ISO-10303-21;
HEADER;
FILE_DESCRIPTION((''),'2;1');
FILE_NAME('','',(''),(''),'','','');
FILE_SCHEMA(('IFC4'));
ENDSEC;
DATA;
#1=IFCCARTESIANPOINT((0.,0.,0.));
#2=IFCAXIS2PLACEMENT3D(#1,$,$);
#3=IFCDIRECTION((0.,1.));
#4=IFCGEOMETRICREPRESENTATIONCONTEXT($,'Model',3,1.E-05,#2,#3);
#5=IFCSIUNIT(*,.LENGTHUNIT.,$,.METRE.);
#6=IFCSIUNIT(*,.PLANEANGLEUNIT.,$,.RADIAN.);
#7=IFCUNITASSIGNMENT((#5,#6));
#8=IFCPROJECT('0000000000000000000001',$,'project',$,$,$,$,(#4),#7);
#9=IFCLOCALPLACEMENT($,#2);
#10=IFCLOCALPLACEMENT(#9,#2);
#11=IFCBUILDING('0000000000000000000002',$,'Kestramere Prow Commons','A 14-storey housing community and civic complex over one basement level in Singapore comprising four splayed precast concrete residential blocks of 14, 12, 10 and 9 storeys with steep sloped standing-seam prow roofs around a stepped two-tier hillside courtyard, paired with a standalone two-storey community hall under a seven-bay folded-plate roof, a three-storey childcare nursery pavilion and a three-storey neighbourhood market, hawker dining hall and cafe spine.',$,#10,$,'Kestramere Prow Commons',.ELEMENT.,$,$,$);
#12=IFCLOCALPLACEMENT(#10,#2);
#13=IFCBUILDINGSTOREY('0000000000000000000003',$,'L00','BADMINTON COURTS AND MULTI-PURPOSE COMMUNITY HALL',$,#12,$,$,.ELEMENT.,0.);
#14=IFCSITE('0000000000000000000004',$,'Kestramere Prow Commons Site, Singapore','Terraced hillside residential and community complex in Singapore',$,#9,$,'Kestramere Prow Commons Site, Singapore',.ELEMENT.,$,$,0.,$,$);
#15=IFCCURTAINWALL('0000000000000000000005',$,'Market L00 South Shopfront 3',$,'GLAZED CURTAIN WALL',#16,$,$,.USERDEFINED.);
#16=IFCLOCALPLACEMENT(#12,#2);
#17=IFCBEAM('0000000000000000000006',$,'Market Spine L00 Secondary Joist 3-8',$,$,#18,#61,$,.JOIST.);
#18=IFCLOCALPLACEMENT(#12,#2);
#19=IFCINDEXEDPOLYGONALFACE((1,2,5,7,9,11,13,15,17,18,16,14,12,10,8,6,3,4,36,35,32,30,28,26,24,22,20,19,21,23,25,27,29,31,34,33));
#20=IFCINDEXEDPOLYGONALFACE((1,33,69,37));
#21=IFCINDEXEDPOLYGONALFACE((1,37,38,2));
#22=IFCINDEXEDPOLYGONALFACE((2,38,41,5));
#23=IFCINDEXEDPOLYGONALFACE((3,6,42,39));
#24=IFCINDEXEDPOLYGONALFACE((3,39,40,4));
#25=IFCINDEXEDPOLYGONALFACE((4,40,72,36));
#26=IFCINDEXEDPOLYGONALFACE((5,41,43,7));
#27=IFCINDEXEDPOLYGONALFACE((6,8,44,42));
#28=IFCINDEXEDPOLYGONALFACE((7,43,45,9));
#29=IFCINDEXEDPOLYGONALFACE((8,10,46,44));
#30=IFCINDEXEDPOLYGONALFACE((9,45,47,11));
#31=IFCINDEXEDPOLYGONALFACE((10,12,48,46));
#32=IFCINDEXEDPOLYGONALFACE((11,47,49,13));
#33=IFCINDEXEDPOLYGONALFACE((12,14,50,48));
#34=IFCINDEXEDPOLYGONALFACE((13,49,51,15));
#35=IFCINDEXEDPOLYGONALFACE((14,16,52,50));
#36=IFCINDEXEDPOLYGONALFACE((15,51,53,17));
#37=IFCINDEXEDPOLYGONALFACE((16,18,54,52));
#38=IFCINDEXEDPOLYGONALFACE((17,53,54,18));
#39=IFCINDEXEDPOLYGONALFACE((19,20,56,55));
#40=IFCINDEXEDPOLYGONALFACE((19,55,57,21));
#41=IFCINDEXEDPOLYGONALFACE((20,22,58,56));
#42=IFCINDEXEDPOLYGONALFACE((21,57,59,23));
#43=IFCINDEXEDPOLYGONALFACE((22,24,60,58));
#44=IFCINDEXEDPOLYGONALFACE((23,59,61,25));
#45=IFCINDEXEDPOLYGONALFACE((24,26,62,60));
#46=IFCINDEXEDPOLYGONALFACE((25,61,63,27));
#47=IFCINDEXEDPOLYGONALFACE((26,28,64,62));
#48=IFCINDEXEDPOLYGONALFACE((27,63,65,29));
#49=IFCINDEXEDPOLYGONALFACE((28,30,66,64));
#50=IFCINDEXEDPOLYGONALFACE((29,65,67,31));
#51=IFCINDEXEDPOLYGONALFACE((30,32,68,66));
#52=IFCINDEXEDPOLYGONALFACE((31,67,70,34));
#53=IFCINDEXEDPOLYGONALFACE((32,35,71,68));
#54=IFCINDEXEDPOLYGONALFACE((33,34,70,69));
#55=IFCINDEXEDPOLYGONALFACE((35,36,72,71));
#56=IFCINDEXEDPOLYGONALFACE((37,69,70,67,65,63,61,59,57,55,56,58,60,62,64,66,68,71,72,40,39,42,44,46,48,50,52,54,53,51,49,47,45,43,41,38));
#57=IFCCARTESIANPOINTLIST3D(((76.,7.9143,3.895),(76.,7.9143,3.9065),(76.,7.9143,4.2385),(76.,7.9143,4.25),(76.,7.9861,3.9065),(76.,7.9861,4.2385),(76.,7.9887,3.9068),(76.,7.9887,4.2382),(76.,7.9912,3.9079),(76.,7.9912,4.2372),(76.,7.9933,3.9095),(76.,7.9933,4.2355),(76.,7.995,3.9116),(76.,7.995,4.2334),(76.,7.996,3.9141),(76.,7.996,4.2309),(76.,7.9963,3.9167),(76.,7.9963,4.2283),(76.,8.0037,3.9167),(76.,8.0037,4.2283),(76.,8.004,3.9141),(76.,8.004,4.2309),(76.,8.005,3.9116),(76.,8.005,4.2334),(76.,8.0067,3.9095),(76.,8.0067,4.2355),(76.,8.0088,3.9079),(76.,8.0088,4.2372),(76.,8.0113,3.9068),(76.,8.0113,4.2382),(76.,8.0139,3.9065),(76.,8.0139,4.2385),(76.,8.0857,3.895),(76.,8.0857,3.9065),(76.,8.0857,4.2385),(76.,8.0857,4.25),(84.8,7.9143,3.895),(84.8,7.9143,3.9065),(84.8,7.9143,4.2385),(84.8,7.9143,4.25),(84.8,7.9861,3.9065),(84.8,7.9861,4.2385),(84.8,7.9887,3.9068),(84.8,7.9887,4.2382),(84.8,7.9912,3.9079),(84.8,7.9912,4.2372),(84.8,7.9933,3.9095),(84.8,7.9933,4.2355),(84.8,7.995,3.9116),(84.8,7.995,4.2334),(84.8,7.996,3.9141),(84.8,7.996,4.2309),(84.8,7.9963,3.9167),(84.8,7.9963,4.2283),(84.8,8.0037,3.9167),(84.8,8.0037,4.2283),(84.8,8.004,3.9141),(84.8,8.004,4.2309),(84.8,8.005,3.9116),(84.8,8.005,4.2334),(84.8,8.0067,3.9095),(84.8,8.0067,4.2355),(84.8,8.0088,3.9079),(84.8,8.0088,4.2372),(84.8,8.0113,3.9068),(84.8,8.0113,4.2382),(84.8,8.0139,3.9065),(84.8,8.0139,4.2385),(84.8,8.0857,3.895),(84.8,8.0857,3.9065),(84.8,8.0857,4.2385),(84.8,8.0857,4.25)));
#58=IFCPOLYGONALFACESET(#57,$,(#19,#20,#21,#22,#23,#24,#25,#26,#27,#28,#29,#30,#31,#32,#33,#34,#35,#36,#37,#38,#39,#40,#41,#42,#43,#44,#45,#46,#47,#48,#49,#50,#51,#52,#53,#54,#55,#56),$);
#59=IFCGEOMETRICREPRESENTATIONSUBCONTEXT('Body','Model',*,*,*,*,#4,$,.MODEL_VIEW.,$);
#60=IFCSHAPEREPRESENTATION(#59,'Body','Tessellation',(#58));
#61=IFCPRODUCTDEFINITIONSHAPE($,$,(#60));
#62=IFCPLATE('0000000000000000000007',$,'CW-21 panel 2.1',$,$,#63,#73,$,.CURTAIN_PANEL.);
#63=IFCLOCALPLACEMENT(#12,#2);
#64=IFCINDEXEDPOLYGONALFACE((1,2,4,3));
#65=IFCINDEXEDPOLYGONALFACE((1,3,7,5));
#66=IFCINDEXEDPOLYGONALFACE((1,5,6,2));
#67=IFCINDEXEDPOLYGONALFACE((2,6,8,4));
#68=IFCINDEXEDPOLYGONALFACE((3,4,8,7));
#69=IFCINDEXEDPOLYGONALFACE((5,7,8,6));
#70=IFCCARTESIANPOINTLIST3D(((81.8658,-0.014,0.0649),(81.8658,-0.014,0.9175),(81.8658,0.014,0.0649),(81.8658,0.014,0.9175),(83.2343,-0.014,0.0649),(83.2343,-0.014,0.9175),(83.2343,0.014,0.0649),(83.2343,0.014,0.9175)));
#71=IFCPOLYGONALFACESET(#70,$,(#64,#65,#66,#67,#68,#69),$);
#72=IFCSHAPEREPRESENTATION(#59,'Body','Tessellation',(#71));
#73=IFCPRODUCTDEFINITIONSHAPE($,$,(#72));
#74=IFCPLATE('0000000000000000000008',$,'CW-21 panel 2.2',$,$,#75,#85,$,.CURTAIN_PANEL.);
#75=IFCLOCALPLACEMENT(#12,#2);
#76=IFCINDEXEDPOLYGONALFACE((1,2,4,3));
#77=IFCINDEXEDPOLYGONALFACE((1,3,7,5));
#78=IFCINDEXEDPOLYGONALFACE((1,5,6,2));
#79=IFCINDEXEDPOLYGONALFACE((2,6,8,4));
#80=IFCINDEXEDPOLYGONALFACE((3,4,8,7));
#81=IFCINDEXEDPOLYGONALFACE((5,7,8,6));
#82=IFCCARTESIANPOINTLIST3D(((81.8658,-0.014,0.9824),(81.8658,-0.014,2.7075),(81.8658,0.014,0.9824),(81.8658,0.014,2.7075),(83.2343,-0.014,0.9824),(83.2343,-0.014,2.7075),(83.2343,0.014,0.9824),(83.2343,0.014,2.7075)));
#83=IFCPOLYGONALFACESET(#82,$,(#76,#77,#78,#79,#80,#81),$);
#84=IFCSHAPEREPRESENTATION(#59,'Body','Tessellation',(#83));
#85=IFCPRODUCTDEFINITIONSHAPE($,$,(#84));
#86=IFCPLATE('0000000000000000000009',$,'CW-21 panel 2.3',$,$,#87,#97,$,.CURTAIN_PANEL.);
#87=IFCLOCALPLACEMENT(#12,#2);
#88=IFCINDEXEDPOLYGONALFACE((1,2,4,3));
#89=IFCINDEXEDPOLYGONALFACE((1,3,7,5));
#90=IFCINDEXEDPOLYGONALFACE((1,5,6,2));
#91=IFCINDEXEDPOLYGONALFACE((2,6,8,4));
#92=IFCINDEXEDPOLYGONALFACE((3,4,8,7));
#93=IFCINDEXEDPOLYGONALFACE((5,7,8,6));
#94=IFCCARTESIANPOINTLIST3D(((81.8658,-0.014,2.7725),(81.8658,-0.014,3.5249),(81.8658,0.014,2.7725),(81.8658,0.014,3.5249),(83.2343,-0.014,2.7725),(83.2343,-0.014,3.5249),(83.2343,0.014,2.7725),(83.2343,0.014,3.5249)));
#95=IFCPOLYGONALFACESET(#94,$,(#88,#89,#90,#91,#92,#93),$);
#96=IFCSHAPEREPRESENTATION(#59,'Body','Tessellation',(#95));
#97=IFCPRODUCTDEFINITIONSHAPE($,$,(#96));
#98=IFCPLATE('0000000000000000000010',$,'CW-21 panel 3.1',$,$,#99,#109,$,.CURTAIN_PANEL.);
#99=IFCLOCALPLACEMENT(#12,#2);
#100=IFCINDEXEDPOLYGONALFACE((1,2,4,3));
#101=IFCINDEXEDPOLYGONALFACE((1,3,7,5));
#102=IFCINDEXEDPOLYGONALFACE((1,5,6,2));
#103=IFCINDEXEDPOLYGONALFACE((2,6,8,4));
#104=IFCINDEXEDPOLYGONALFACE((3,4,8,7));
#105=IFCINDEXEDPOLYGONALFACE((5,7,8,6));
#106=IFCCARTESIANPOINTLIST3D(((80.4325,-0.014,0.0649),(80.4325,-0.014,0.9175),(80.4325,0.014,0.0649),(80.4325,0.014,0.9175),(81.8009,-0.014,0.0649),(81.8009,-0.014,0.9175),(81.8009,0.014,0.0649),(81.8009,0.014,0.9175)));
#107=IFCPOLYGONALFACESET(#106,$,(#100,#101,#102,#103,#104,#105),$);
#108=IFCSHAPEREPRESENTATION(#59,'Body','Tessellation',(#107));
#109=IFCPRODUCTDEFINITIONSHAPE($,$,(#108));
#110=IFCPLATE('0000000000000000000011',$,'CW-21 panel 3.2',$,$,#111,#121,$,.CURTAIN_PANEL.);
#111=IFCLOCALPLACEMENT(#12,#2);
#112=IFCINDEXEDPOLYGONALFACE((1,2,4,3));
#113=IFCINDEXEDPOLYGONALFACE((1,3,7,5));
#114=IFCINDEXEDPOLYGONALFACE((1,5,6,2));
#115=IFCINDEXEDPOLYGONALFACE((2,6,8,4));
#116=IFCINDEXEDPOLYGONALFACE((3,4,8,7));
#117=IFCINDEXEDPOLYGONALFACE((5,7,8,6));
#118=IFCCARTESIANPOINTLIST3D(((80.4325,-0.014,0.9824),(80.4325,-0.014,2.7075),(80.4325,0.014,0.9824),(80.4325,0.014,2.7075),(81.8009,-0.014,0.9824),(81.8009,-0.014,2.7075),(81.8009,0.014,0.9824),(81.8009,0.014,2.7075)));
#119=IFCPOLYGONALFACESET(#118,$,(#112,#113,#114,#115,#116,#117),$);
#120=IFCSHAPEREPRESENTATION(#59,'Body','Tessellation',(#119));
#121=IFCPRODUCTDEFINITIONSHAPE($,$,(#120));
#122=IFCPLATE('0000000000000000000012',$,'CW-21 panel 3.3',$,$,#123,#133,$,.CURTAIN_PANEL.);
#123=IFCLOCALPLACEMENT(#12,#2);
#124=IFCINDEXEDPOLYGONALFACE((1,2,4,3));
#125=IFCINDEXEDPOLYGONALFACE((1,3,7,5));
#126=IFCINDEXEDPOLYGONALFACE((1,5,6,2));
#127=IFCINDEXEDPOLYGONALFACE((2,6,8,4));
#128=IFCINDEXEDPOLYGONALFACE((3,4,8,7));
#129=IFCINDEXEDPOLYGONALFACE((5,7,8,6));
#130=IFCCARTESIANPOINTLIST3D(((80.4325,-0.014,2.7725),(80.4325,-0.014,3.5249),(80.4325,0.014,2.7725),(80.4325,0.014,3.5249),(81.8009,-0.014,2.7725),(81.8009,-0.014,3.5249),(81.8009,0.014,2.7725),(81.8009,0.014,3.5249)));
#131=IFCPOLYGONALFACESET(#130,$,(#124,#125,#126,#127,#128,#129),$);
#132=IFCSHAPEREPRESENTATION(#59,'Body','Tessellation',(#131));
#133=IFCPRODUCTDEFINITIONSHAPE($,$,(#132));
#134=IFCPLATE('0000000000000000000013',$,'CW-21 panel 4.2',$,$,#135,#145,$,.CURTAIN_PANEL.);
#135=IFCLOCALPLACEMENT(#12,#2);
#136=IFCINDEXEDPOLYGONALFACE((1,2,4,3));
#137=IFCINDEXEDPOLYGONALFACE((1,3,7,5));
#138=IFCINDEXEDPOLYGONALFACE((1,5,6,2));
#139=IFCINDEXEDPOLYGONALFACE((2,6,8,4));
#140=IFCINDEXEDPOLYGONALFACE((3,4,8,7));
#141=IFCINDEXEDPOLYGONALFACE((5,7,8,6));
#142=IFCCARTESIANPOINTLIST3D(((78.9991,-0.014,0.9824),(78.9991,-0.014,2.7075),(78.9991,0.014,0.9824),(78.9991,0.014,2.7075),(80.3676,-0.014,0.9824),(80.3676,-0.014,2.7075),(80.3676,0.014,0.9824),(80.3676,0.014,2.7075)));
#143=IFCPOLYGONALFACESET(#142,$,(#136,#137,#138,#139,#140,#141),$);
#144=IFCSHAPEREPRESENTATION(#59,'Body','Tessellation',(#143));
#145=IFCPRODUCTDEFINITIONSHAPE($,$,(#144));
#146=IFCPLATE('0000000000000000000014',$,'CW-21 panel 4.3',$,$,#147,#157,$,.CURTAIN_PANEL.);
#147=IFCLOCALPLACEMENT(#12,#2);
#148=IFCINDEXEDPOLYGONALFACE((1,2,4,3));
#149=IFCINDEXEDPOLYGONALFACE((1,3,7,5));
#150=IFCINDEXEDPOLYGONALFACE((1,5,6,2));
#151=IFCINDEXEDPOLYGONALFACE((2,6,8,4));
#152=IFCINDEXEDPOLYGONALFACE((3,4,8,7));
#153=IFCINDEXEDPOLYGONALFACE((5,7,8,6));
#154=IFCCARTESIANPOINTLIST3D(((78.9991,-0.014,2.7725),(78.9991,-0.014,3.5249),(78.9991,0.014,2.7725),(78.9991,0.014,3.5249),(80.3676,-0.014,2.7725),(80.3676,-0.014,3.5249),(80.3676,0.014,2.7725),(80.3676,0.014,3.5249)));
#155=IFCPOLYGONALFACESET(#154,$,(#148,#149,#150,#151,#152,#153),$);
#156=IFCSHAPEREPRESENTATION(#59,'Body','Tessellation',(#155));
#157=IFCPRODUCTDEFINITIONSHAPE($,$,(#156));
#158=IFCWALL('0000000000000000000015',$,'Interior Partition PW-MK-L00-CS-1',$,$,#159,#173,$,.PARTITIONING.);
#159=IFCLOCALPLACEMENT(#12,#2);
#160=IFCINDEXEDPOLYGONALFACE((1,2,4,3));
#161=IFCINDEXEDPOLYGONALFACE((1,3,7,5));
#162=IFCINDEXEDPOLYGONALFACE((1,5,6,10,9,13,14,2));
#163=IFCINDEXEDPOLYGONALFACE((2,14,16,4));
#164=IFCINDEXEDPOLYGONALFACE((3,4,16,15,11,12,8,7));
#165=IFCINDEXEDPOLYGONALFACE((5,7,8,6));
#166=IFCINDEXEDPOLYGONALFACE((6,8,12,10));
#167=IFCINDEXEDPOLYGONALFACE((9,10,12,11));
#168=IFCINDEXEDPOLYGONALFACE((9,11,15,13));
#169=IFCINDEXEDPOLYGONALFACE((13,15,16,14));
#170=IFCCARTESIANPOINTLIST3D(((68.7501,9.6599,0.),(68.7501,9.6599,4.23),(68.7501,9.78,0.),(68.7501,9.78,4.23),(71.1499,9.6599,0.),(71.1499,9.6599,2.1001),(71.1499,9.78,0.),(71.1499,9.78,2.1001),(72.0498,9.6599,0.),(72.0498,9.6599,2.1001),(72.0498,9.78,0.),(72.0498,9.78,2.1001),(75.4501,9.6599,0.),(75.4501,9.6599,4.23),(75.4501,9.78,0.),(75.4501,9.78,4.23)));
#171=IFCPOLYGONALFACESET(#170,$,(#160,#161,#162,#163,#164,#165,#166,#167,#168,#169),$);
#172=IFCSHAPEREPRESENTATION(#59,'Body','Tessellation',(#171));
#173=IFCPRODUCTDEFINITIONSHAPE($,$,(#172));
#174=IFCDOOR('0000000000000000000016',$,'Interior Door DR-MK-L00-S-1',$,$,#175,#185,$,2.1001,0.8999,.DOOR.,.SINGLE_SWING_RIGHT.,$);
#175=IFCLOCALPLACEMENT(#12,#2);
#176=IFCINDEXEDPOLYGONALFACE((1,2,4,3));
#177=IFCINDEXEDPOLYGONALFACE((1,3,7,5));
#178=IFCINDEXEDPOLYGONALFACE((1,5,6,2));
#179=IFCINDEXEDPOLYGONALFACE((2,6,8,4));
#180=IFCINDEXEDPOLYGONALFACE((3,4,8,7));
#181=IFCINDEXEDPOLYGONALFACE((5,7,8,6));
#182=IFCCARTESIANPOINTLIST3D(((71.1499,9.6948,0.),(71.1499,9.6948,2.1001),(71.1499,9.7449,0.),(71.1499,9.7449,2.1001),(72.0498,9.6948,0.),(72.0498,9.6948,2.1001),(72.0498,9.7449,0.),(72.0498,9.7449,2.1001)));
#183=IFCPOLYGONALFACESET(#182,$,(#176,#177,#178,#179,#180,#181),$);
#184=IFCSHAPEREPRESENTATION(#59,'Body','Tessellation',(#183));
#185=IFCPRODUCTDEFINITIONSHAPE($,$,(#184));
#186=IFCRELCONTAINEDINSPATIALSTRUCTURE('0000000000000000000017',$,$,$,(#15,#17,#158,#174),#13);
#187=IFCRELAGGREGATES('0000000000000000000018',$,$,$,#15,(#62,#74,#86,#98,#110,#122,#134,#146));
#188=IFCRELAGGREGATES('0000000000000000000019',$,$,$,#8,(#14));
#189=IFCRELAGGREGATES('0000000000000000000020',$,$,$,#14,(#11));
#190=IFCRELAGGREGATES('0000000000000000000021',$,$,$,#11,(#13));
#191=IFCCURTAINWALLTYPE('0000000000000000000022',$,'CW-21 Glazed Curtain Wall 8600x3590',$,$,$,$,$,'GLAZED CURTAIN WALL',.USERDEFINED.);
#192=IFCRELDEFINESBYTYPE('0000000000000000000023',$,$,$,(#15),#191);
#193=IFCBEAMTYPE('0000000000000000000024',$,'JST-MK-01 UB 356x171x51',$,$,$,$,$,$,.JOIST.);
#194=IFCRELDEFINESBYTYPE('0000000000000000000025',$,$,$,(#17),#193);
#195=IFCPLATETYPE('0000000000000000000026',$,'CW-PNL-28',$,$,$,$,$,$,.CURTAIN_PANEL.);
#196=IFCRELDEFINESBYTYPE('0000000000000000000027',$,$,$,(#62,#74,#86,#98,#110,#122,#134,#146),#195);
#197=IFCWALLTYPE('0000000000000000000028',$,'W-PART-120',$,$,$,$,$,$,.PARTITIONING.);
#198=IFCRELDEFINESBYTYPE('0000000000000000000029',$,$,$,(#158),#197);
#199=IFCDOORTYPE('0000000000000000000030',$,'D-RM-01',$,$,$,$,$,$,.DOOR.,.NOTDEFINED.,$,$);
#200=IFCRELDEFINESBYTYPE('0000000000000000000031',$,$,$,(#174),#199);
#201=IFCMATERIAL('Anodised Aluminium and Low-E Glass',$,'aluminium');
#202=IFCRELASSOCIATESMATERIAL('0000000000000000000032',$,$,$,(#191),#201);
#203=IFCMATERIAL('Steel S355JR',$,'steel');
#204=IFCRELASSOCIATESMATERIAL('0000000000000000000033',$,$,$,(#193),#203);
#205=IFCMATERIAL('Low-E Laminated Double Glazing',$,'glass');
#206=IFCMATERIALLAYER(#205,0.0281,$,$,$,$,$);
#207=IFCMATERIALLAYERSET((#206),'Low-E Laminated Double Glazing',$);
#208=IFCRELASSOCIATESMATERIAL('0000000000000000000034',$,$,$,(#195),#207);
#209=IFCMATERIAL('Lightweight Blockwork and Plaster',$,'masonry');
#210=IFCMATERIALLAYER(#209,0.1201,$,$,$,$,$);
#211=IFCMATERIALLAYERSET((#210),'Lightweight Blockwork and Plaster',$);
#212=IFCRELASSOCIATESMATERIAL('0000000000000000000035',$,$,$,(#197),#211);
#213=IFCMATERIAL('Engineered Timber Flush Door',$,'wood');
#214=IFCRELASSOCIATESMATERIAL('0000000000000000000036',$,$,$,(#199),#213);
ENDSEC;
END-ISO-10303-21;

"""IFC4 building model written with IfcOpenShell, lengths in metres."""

from ifc_helpers import new_model, si_unit, direction, frame, frame_2d, origin, origin_2d, place, context, subcontext, project, spatial, rectangle, i_section, extrude, material, layer, layer_set, material_profile, profile_set, type_object, element, fill, aggregate, save


model = new_model("IFC4")

# Units and contexts
model_context = context("Model", 3, precision=1e-05, world=origin(), true_north=direction((0.0, 1.0)))
body_context = subcontext(model_context, "Body", "Model", "MODEL_VIEW")
ifc_project = project(units=[si_unit("LENGTHUNIT", "METRE"), si_unit("PLANEANGLEUNIT", "RADIAN")], contexts=[model_context])

# Site, building, storey
site_placement = place(None, origin())
site = spatial("IfcSite", under=ifc_project, at=site_placement, Name="Kestramere Prow Commons Site, Singapore", Description="Terraced hillside residential and community complex in Singapore", LongName="Kestramere Prow Commons Site, Singapore", CompositionType="ELEMENT", RefElevation=0.0)
building_placement = place(site_placement, origin())
building = spatial("IfcBuilding", under=site, at=building_placement, Name="Kestramere Prow Commons", Description="A 14-storey housing community and civic complex over one basement level in Singapore comprising four splayed precast concrete residential blocks of 14, 12, 10 and 9 storeys with steep sloped standing-seam prow roofs around a stepped two-tier hillside courtyard, paired with a standalone two-storey community hall under a seven-bay folded-plate roof, a three-storey childcare nursery pavilion and a three-storey neighbourhood market, hawker dining hall and cafe spine.", LongName="Kestramere Prow Commons", CompositionType="ELEMENT")
storey_placement = place(building_placement, origin())
storey = spatial("IfcBuildingStorey", under=building, at=storey_placement, Name="L00", Description="BADMINTON COURTS AND MULTI-PURPOSE COMMUNITY HALL", CompositionType="ELEMENT", Elevation=0.0)

# Curtain wall
ifc_material_1 = material(Name="Anodised Aluminium and Low-E Glass", Category="aluminium")
curtain_wall_type = type_object("IfcCurtainWallType", Name="CW-21 Glazed Curtain Wall 8600x3590", ElementType="GLAZED CURTAIN WALL", PredefinedType="USERDEFINED", material=ifc_material_1)
curtain_wall_placement = place(storey_placement, origin())
curtain_wall = element("IfcCurtainWall", 1, at=curtain_wall_placement, inside=storey, type_object=curtain_wall_type, Name="Market L00 South Shopfront 3", ObjectType="GLAZED CURTAIN WALL", PredefinedType="USERDEFINED")

# Beam
ifc_material_2 = material(Name="Steel S355JR", Category="steel")
ifc_material_profile_1 = material_profile(ifc_material_2, i_section(OverallWidth=0.1714, OverallDepth=0.355, WebThickness=0.0073, FlangeThickness=0.0115, FilletRadius=0.0103, at=origin_2d()), Name="UB 356x171x51")
ifc_profile_set_1 = profile_set([ifc_material_profile_1], Name="Steel S355JR")
beam_type_1 = type_object("IfcBeamType", Name="JST-MK-01 UB 356x171x51", PredefinedType="JOIST", material=ifc_profile_set_1)
for number, where, z_axis, x_axis, name in (
    (2, (76.0, 8.0, 4.0725), (1.0, 0.0, 0.0), (0.0, 1.0, 0.0), "Market Spine L00 Secondary Joist 3-8"),
):
    element("IfcBeam", number, at=place(storey_placement, frame(where, z_axis=z_axis, x_axis=x_axis)), inside=storey, type_object=beam_type_1, Name=name, PredefinedType="JOIST", context=body_context, shape_type="SweptSolid", body=[
        extrude(i_section(OverallWidth=0.1714, OverallDepth=0.355, WebThickness=0.0073, FlangeThickness=0.0115, FilletRadius=0.0103, at=origin_2d()), origin(), (0.0, 0.0, 1.0), 8.8),
    ])

# Plates
ifc_material_3 = material(Name="Low-E Laminated Double Glazing", Category="glass")
ifc_layer_1 = layer(ifc_material_3, 0.0281)
ifc_layer_set_1 = layer_set([ifc_layer_1], Name="Low-E Laminated Double Glazing")
plate_type = type_object("IfcPlateType", Name="CW-PNL-28", PredefinedType="CURTAIN_PANEL", material=ifc_layer_set_1)
plate_1_placement = place(storey_placement, frame((82.55, 0.0, 0.0649), z_axis=(0.0, 0.0, 1.0), x_axis=(-1.0, 0.0, 0.0)))
plate_1 = element("IfcPlate", 3, at=plate_1_placement, type_object=plate_type, Name="CW-21 panel 2.1", PredefinedType="CURTAIN_PANEL", context=body_context, shape_type="SweptSolid", body=[
    extrude(rectangle(XDim=1.3684, YDim=0.0281, at=origin_2d()), origin(), (0.0, 0.0, 1.0), 0.8525),
])
plate_2_placement = place(storey_placement, frame((82.55, 0.0, 0.9824), z_axis=(0.0, 0.0, 1.0), x_axis=(-1.0, 0.0, 0.0)))
plate_2 = element("IfcPlate", 4, at=plate_2_placement, type_object=plate_type, Name="CW-21 panel 2.2", PredefinedType="CURTAIN_PANEL", context=body_context, shape_type="SweptSolid", body=[
    extrude(rectangle(XDim=1.3684, YDim=0.0281, at=origin_2d()), origin(), (0.0, 0.0, 1.0), 1.7251),
])
plate_3_placement = place(storey_placement, frame((82.55, 0.0, 2.7725), z_axis=(0.0, 0.0, 1.0), x_axis=(-1.0, 0.0, 0.0)))
plate_3 = element("IfcPlate", 5, at=plate_3_placement, type_object=plate_type, Name="CW-21 panel 2.3", PredefinedType="CURTAIN_PANEL", context=body_context, shape_type="SweptSolid", body=[
    extrude(rectangle(XDim=1.3684, YDim=0.0281, at=origin_2d()), origin(), (0.0, 0.0, 1.0), 0.7524),
])
plate_4_placement = place(storey_placement, frame((81.1167, 0.0, 0.0649), z_axis=(0.0, 0.0, 1.0), x_axis=(-1.0, 0.0, 0.0)))
plate_4 = element("IfcPlate", 6, at=plate_4_placement, type_object=plate_type, Name="CW-21 panel 3.1", PredefinedType="CURTAIN_PANEL", context=body_context, shape_type="SweptSolid", body=[
    extrude(rectangle(XDim=1.3684, YDim=0.0281, at=origin_2d()), origin(), (0.0, 0.0, 1.0), 0.8525),
])
plate_5_placement = place(storey_placement, frame((81.1167, 0.0, 0.9824), z_axis=(0.0, 0.0, 1.0), x_axis=(-1.0, 0.0, 0.0)))
plate_5 = element("IfcPlate", 7, at=plate_5_placement, type_object=plate_type, Name="CW-21 panel 3.2", PredefinedType="CURTAIN_PANEL", context=body_context, shape_type="SweptSolid", body=[
    extrude(rectangle(XDim=1.3684, YDim=0.0281, at=origin_2d()), origin(), (0.0, 0.0, 1.0), 1.7251),
])
plate_6_placement = place(storey_placement, frame((81.1167, 0.0, 2.7725), z_axis=(0.0, 0.0, 1.0), x_axis=(-1.0, 0.0, 0.0)))
plate_6 = element("IfcPlate", 8, at=plate_6_placement, type_object=plate_type, Name="CW-21 panel 3.3", PredefinedType="CURTAIN_PANEL", context=body_context, shape_type="SweptSolid", body=[
    extrude(rectangle(XDim=1.3684, YDim=0.0281, at=origin_2d()), origin(), (0.0, 0.0, 1.0), 0.7524),
])
plate_7_placement = place(storey_placement, frame((79.6833, 0.0, 0.9824), z_axis=(0.0, 0.0, 1.0), x_axis=(-1.0, 0.0, 0.0)))
plate_7 = element("IfcPlate", 9, at=plate_7_placement, type_object=plate_type, Name="CW-21 panel 4.2", PredefinedType="CURTAIN_PANEL", context=body_context, shape_type="SweptSolid", body=[
    extrude(rectangle(XDim=1.3684, YDim=0.0281, at=origin_2d()), origin(), (0.0, 0.0, 1.0), 1.7251),
])
plate_8_placement = place(storey_placement, frame((79.6833, 0.0, 2.7725), z_axis=(0.0, 0.0, 1.0), x_axis=(-1.0, 0.0, 0.0)))
plate_8 = element("IfcPlate", 10, at=plate_8_placement, type_object=plate_type, Name="CW-21 panel 4.3", PredefinedType="CURTAIN_PANEL", context=body_context, shape_type="SweptSolid", body=[
    extrude(rectangle(XDim=1.3684, YDim=0.0281, at=origin_2d()), origin(), (0.0, 0.0, 1.0), 0.7524),
])
aggregate(curtain_wall, [plate_1, plate_2, plate_3, plate_4, plate_5, plate_6, plate_7, plate_8])

# Wall, opening, door
ifc_material_4 = material(Name="Lightweight Blockwork and Plaster", Category="masonry")
ifc_layer_2 = layer(ifc_material_4, 0.1201)
ifc_layer_set_2 = layer_set([ifc_layer_2], Name="Lightweight Blockwork and Plaster")
wall_type = type_object("IfcWallType", Name="W-PART-120", PredefinedType="PARTITIONING", material=ifc_layer_set_2)
wall_1_placement = place(storey_placement, frame((68.75, 9.72, 0.0), z_axis=(0.0, 0.0, 1.0), x_axis=(1.0, 0.0, 0.0)))
wall_1 = element("IfcWall", 11, at=wall_1_placement, inside=storey, type_object=wall_type, Name="Interior Partition PW-MK-L00-CS-1", PredefinedType="PARTITIONING", context=body_context, shape_type="SweptSolid", body=[
    extrude(rectangle(XDim=6.7, YDim=0.1201, at=frame_2d((3.3501, 0.0))), origin(), (0.0, 0.0, 1.0), 4.23),
])
opening_1_placement = place(wall_1_placement, frame((2.3999, 0.0, 0.0)))
opening_1 = element("IfcOpeningElement", 12, at=opening_1_placement, cuts=wall_1, PredefinedType="OPENING", context=body_context, shape_type="SweptSolid", body=[
    extrude(rectangle(XDim=0.8999, YDim=2.1001, at=frame_2d((0.45, 1.05))), frame((0.0, 0.075, 0.0), z_axis=(0.0, -1.0, 0.0), x_axis=(1.0, 0.0, 0.0)), (0.0, 0.0, 1.0), 0.1501),
])
ifc_material_5 = material(Name="Engineered Timber Flush Door", Category="wood")
door_type_1 = type_object("IfcDoorType", Name="D-RM-01", OperationType="NOTDEFINED", PredefinedType="DOOR", material=ifc_material_5)
door_1_placement = place(opening_1_placement, origin())
door_1 = element("IfcDoor", 13, at=door_1_placement, inside=storey, type_object=door_type_1, Name="Interior Door DR-MK-L00-S-1", OperationType="SINGLE_SWING_RIGHT", OverallHeight=2.1001, OverallWidth=0.8999, PredefinedType="DOOR", context=body_context, shape_type="SweptSolid", body=[
    extrude(rectangle(XDim=0.8999, YDim=2.1001, at=frame_2d((0.45, 1.05))), frame((0.0, 0.0249, 0.0), z_axis=(0.0, -1.0, 0.0), x_axis=(1.0, 0.0, 0.0)), (0.0, 0.0, 1.0), 0.05),
])
fill(opening_1, door_1)

save(model, "model.ifc")
